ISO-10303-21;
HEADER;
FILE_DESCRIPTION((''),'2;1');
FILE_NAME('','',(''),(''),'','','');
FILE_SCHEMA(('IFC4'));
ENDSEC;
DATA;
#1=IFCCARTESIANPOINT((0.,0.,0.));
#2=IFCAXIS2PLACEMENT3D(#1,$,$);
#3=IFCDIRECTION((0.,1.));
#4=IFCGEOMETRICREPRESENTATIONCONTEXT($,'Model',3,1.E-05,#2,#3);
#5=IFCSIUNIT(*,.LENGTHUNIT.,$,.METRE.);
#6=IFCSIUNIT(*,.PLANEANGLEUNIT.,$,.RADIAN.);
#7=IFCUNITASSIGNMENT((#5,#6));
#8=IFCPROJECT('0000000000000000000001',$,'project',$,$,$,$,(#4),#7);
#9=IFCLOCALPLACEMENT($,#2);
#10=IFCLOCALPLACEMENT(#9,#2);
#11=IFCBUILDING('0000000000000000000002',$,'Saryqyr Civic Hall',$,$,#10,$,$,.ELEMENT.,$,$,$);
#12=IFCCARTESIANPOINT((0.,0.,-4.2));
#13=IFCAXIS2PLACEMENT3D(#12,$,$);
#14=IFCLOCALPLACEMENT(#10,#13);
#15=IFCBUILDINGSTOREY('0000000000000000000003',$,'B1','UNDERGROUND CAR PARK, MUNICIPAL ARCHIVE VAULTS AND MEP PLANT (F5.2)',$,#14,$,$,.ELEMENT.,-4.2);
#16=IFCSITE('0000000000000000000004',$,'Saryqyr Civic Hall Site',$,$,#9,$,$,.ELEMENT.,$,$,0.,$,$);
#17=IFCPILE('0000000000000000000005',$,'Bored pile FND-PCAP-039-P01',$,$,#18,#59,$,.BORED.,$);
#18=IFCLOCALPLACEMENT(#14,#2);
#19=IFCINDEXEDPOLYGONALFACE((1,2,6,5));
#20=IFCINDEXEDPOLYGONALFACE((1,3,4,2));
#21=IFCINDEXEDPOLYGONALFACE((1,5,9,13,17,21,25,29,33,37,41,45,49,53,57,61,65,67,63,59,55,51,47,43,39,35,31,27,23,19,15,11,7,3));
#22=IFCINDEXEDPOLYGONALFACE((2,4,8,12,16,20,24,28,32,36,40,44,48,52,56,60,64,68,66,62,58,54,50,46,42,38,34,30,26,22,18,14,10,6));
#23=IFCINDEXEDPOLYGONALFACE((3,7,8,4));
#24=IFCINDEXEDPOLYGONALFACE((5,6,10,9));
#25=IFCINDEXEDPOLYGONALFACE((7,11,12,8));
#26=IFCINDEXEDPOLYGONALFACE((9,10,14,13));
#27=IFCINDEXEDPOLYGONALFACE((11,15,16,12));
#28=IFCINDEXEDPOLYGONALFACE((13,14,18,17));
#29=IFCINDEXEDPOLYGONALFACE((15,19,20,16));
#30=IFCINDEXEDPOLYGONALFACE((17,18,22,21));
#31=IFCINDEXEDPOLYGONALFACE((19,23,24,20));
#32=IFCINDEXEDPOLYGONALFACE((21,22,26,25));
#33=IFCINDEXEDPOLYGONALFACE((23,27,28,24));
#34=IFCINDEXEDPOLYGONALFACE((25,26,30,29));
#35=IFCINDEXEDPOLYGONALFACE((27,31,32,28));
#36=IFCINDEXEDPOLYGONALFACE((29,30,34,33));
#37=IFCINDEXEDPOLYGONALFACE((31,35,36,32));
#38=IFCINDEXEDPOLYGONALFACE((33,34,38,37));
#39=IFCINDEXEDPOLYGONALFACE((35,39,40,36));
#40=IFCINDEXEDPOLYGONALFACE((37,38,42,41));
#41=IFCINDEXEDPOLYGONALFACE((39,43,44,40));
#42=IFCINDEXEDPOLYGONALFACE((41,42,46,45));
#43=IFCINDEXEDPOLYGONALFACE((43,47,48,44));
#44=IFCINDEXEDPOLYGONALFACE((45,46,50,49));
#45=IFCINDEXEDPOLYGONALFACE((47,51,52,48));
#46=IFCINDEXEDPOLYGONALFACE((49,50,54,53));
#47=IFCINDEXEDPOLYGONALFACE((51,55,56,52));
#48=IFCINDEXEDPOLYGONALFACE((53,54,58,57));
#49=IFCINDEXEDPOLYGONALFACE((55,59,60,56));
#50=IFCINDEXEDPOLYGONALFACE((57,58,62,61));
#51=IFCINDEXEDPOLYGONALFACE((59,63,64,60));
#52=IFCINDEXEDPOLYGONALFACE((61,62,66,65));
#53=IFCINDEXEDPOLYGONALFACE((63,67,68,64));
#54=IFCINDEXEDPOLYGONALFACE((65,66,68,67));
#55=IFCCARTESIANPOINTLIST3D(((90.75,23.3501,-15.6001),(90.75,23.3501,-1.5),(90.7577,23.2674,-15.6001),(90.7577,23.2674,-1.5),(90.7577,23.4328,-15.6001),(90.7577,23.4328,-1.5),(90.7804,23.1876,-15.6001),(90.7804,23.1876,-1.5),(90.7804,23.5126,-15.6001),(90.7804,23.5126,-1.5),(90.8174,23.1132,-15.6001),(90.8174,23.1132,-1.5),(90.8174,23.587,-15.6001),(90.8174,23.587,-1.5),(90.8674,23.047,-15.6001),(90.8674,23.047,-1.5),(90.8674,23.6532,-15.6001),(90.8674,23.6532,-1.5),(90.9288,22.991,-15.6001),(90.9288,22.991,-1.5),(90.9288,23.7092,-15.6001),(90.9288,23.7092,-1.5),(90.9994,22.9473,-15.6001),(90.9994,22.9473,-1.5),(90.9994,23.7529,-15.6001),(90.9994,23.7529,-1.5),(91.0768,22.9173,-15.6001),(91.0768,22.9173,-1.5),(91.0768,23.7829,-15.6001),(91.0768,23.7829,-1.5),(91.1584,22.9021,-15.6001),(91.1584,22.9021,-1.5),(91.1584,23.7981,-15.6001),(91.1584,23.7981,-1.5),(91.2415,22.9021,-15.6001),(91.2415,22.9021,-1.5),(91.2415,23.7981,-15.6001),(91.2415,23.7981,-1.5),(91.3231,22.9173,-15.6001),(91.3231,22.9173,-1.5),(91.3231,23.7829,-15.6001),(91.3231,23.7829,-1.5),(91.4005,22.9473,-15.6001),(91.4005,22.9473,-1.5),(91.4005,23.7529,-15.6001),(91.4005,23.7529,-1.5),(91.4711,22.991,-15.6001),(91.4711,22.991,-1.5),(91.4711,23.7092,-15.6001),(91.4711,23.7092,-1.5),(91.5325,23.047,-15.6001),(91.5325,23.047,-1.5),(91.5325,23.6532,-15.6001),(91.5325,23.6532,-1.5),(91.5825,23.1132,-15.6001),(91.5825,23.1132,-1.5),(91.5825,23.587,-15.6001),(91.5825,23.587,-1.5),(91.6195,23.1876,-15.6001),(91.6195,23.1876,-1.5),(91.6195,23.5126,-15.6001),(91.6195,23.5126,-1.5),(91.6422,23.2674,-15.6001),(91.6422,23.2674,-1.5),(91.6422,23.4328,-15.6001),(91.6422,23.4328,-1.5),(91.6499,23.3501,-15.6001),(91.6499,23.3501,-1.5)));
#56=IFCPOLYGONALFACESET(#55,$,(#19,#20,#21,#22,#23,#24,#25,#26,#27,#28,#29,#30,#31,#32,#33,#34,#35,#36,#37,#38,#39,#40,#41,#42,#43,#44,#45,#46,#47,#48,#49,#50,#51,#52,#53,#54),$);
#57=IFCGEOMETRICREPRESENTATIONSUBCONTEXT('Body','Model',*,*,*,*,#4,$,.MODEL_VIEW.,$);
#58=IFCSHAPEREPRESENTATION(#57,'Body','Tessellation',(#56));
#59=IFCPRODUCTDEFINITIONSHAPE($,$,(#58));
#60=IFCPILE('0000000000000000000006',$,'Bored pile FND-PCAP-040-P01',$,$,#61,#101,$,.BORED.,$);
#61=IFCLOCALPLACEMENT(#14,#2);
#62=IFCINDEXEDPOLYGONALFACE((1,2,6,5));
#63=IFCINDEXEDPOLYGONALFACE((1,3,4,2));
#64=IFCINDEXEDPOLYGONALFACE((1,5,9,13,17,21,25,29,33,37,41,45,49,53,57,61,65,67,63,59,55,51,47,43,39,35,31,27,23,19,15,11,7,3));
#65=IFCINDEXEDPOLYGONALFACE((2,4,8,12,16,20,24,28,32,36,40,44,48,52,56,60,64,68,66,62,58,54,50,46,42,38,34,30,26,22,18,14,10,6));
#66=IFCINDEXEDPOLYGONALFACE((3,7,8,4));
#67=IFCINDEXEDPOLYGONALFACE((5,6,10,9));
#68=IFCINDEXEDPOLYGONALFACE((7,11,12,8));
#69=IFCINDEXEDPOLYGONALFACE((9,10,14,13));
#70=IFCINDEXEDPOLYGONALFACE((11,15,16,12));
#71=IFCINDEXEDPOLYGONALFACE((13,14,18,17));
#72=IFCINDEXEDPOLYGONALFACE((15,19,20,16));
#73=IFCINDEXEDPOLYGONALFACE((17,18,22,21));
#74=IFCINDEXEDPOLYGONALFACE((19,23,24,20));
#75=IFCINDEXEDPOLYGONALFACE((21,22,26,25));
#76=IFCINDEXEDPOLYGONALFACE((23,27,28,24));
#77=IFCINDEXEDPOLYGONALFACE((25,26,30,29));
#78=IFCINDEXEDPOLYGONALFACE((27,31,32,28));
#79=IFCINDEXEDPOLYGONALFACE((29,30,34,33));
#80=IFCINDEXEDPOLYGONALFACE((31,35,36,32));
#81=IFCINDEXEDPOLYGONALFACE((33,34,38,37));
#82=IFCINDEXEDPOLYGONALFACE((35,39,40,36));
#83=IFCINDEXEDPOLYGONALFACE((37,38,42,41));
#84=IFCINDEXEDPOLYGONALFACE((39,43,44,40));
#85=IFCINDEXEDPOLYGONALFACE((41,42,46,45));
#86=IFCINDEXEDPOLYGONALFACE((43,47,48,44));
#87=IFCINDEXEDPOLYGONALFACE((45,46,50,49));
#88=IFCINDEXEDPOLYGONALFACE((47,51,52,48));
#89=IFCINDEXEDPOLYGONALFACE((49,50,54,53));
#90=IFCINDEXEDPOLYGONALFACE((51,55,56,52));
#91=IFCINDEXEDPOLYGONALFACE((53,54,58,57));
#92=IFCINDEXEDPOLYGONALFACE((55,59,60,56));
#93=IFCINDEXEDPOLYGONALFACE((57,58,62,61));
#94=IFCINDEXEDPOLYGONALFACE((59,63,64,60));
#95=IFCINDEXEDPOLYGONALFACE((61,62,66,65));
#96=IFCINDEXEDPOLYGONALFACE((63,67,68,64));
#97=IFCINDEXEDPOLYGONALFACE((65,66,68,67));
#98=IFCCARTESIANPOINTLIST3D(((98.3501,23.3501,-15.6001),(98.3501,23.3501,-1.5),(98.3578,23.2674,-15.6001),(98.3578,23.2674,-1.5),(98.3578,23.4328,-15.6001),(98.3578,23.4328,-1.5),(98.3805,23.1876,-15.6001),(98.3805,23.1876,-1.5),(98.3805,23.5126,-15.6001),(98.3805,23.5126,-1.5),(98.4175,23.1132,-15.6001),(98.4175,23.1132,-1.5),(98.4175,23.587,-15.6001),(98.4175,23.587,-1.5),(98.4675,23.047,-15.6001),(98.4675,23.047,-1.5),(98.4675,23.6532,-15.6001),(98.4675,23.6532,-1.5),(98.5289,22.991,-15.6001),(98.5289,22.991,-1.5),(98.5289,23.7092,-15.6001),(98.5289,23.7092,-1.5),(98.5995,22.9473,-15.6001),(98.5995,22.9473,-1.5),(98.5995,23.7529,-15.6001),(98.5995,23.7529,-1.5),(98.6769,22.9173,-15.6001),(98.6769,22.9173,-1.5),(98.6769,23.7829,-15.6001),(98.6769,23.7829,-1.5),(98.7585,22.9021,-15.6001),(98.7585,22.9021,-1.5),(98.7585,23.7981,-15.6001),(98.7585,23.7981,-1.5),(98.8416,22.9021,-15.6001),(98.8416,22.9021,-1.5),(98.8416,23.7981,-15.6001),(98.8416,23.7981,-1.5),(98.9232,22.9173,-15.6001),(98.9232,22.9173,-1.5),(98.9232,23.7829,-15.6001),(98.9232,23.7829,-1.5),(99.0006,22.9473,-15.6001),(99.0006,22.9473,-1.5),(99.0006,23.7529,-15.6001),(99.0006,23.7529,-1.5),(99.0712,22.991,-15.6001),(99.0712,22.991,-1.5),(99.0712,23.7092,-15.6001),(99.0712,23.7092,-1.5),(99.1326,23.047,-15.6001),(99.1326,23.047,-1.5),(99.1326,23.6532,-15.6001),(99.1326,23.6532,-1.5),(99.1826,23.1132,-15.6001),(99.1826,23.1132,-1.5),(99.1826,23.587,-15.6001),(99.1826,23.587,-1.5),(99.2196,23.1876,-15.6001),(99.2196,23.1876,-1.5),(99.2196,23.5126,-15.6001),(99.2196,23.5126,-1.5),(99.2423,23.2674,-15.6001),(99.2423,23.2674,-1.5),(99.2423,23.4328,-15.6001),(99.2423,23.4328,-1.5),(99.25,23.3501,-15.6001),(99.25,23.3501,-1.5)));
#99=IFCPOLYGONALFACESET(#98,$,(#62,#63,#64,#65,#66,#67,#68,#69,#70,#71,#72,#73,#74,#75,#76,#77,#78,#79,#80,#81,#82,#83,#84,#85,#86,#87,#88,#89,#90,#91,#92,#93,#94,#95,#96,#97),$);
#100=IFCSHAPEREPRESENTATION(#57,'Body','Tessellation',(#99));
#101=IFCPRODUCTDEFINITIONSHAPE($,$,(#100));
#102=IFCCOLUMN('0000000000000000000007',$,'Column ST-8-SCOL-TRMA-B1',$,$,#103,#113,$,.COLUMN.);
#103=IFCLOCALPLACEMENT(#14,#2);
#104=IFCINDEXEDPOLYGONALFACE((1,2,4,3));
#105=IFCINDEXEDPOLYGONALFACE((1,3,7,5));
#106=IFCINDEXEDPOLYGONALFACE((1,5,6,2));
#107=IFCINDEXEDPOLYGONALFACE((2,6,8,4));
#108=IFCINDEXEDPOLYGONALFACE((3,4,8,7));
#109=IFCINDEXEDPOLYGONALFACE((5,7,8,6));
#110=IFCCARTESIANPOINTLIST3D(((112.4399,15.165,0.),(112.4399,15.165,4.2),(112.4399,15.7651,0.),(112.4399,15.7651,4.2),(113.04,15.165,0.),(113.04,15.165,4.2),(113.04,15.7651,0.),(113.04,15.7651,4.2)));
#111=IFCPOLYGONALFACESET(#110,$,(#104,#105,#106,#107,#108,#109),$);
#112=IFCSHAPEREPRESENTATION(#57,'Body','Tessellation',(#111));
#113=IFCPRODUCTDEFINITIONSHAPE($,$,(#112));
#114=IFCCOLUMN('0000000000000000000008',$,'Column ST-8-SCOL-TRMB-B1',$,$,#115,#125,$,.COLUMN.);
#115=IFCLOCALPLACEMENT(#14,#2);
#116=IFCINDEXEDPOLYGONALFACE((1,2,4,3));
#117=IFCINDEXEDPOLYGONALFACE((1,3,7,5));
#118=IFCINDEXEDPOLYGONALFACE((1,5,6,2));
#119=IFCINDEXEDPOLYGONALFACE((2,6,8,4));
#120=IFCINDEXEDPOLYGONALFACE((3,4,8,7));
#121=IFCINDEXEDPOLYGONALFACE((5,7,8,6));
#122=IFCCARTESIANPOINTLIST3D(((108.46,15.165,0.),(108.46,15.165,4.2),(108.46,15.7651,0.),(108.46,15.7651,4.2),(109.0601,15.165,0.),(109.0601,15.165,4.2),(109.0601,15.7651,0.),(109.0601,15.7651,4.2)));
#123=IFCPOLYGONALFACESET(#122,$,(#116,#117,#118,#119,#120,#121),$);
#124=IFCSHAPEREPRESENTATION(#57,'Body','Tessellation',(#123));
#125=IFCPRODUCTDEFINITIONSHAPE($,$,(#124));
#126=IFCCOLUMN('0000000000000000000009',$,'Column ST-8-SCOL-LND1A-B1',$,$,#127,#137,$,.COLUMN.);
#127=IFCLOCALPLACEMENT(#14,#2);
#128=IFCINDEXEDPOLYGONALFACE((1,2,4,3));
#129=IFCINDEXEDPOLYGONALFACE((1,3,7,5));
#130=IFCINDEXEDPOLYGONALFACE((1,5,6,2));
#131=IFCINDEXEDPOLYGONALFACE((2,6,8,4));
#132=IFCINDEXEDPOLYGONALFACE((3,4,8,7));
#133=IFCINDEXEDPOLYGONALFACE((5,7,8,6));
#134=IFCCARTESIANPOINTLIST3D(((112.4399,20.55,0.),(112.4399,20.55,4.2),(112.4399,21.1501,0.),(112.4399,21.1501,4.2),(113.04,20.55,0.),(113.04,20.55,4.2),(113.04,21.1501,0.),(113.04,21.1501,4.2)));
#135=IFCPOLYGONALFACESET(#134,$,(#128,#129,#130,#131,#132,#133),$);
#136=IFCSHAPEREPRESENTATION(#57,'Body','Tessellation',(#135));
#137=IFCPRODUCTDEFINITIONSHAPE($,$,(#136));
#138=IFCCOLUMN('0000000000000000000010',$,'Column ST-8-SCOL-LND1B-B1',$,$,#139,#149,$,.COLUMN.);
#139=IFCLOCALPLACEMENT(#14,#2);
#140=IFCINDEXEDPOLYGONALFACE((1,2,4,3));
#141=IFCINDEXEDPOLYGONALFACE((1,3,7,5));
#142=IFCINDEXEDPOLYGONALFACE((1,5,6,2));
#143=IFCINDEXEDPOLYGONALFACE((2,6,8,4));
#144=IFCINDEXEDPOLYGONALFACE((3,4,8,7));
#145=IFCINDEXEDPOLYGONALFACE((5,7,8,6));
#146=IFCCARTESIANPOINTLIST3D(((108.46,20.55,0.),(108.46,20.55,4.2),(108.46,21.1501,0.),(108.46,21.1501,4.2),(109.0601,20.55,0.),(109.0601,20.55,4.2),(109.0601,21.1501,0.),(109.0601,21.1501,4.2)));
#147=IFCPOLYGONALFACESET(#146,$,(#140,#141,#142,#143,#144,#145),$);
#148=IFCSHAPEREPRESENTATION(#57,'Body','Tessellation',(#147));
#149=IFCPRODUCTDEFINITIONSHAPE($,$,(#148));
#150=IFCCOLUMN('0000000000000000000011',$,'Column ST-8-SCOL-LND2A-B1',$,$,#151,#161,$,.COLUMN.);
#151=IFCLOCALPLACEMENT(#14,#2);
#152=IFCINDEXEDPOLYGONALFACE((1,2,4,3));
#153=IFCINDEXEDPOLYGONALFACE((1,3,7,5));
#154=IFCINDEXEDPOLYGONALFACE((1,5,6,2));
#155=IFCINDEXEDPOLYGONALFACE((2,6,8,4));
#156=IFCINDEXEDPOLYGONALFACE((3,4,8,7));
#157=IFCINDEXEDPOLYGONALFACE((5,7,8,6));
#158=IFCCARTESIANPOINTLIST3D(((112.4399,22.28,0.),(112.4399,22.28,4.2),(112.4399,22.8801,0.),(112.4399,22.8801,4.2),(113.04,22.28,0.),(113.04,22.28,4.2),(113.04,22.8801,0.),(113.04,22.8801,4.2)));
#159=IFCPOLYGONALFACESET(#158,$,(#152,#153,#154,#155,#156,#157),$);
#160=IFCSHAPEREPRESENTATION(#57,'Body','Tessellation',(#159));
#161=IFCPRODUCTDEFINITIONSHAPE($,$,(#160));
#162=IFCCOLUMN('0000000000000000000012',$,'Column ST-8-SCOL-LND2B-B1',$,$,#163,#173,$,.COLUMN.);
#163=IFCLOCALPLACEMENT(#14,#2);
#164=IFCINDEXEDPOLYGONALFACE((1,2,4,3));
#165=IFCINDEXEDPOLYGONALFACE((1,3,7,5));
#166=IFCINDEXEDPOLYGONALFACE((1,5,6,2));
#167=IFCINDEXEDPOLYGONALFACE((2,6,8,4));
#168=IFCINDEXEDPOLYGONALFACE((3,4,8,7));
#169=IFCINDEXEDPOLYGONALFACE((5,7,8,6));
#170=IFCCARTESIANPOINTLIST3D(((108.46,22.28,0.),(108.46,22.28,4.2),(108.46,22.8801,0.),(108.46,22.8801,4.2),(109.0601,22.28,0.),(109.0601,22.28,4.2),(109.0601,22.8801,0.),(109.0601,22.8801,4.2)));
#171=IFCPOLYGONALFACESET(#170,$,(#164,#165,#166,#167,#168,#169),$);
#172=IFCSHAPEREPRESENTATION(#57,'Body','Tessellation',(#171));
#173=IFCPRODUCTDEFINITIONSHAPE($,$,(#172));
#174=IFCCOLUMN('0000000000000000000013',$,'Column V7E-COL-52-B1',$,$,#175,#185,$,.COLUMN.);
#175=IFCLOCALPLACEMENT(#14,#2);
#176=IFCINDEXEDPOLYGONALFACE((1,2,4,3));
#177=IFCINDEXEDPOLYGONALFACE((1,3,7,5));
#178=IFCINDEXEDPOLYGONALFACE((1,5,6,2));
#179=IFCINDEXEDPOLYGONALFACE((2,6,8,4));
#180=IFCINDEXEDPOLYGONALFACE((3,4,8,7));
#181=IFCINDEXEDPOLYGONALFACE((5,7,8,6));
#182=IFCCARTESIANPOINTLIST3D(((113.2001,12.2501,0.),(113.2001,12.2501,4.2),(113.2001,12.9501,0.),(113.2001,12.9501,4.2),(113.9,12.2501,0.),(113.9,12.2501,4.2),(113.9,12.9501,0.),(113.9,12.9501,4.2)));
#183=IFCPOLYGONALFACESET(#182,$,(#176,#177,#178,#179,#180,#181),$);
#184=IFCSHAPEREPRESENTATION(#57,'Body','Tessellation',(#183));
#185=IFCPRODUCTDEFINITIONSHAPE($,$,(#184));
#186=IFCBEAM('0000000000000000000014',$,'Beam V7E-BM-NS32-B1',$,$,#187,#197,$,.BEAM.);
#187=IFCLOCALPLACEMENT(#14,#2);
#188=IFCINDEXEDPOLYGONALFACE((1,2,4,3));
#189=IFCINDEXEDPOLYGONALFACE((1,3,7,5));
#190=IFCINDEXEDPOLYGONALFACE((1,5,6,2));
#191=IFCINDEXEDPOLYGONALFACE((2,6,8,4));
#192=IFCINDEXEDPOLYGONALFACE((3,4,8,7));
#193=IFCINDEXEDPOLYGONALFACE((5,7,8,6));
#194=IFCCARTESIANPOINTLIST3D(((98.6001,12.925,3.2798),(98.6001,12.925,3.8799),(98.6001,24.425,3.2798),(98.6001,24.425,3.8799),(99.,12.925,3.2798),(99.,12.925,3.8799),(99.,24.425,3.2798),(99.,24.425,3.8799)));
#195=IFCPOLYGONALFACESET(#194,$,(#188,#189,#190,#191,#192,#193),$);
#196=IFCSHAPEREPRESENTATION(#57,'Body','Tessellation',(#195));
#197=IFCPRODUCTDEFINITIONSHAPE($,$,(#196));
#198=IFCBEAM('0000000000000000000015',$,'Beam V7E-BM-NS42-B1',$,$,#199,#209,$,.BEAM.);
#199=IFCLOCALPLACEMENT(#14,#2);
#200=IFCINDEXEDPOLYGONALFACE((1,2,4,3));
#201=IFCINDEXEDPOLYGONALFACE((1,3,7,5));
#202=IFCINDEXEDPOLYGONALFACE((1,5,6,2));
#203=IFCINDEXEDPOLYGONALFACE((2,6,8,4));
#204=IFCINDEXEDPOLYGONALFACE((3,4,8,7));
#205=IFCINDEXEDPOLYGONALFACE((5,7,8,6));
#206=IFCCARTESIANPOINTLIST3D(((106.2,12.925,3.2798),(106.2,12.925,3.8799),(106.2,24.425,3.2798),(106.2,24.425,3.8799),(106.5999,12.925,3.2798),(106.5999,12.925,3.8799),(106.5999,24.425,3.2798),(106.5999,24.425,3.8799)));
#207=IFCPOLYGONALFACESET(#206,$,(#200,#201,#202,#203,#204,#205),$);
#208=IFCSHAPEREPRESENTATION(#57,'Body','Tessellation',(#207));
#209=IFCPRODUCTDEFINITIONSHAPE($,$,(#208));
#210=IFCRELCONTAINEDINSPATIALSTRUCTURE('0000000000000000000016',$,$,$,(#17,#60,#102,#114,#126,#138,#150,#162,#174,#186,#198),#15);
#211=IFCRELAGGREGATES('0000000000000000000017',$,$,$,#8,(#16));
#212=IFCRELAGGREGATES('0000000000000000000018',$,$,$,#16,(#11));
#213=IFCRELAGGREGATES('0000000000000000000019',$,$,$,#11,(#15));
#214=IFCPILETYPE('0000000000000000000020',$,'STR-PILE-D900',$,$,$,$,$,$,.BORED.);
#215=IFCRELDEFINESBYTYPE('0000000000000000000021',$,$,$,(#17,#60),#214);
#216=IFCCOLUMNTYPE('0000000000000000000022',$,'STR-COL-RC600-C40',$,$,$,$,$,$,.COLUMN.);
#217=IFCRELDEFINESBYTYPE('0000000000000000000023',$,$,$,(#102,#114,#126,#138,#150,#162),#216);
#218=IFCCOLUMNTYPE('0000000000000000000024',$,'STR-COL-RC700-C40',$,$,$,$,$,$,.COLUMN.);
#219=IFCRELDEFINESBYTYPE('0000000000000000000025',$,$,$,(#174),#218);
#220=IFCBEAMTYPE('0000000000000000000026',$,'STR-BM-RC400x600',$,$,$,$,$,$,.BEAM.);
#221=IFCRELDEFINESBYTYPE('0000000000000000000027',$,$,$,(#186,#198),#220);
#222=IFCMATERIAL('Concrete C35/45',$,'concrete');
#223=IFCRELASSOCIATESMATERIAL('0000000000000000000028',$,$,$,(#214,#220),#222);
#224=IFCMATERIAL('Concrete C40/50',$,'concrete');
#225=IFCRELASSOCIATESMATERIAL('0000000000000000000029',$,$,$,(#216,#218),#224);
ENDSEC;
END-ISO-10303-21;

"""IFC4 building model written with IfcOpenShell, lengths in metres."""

from ifc_helpers import new_model, si_unit, direction, frame, origin, origin_2d, place, context, subcontext, project, spatial, rectangle, circle, extrude, material, material_profile, profile_set, type_object, element, save


model = new_model("IFC4")

# Units and contexts
model_context = context("Model", 3, precision=1e-05, world=origin(), true_north=direction((0.0, 1.0)))
body_context = subcontext(model_context, "Body", "Model", "MODEL_VIEW")
ifc_project = project(units=[si_unit("LENGTHUNIT", "METRE"), si_unit("PLANEANGLEUNIT", "RADIAN")], contexts=[model_context])

# Site, building, storey
site_placement = place(None, origin())
site = spatial("IfcSite", under=ifc_project, at=site_placement, Name="Saryqyr Civic Hall Site", CompositionType="ELEMENT", RefElevation=0.0)
building_placement = place(site_placement, origin())
building = spatial("IfcBuilding", under=site, at=building_placement, Name="Saryqyr Civic Hall", CompositionType="ELEMENT")
storey_placement = place(building_placement, frame((0.0, 0.0, -4.2)))
storey = spatial("IfcBuildingStorey", under=building, at=storey_placement, Name="B1", Description="UNDERGROUND CAR PARK, MUNICIPAL ARCHIVE VAULTS AND MEP PLANT (F5.2)", CompositionType="ELEMENT", Elevation=-4.2)

# Shared definitions
ifc_material_1 = material(Name="Concrete C35/45", Category="concrete")

# Piles
ifc_material_profile_1 = material_profile(ifc_material_1, circle(Radius=0.45, at=origin_2d()), Name="BORED PILE D900")
ifc_profile_set_1 = profile_set([ifc_material_profile_1], Name="Concrete C35/45")
pile_type_1 = type_object("IfcPileType", Name="STR-PILE-D900", PredefinedType="BORED", material=ifc_profile_set_1)
for number, where, z_axis, x_axis, name in (
    (1, (91.2, 23.3501, -1.5), (0.0, 0.0, -1.0), (1.0, 0.0, 0.0), "Bored pile FND-PCAP-039-P01"),
    (2, (98.8, 23.3501, -1.5), (0.0, 0.0, -1.0), (1.0, 0.0, 0.0), "Bored pile FND-PCAP-040-P01"),
):
    element("IfcPile", number, at=place(storey_placement, frame(where, z_axis=z_axis, x_axis=x_axis)), inside=storey, type_object=pile_type_1, Name=name, PredefinedType="BORED", context=body_context, shape_type="SweptSolid", body=[
        extrude(circle(Radius=0.45, at=origin_2d()), origin(), (0.0, 0.0, 1.0), 14.1001),
    ])

# Columns
ifc_material_2 = material(Name="Concrete C40/50", Category="concrete")
ifc_material_profile_2 = material_profile(ifc_material_2, rectangle(XDim=0.6001, YDim=0.6001, at=origin_2d()), Name="RC 600x600")
ifc_profile_set_2 = profile_set([ifc_material_profile_2], Name="Concrete C40/50")
column_type_1 = type_object("IfcColumnType", Name="STR-COL-RC600-C40", PredefinedType="COLUMN", material=ifc_profile_set_2)
for number, where, z_axis, x_axis, name in (
    (3, (112.74, 15.4651, 0.0), (0.0, 0.0, 1.0), (1.0, 0.0, 0.0), "Column ST-8-SCOL-TRMA-B1"),
    (4, (108.76, 15.4651, 0.0), (0.0, 0.0, 1.0), (1.0, 0.0, 0.0), "Column ST-8-SCOL-TRMB-B1"),
    (5, (112.74, 20.8501, 0.0), (0.0, 0.0, 1.0), (1.0, 0.0, 0.0), "Column ST-8-SCOL-LND1A-B1"),
    (6, (108.76, 20.8501, 0.0), (0.0, 0.0, 1.0), (1.0, 0.0, 0.0), "Column ST-8-SCOL-LND1B-B1"),
    (7, (112.74, 22.5801, 0.0), (0.0, 0.0, 1.0), (1.0, 0.0, 0.0), "Column ST-8-SCOL-LND2A-B1"),
    (8, (108.76, 22.5801, 0.0), (0.0, 0.0, 1.0), (1.0, 0.0, 0.0), "Column ST-8-SCOL-LND2B-B1"),
):
    element("IfcColumn", number, at=place(storey_placement, frame(where, z_axis=z_axis, x_axis=x_axis)), inside=storey, type_object=column_type_1, Name=name, PredefinedType="COLUMN", context=body_context, shape_type="SweptSolid", body=[
        extrude(rectangle(XDim=0.6001, YDim=0.6001, at=origin_2d()), origin(), (0.0, 0.0, 1.0), 4.2),
    ])
ifc_material_profile_3 = material_profile(ifc_material_2, rectangle(XDim=0.7, YDim=0.7, at=origin_2d()), Name="RC 700x700")
ifc_profile_set_3 = profile_set([ifc_material_profile_3], Name="Concrete C40/50")
column_type_2 = type_object("IfcColumnType", Name="STR-COL-RC700-C40", PredefinedType="COLUMN", material=ifc_profile_set_3)
column_placement = place(storey_placement, frame((113.55, 12.6001, 0.0), z_axis=(0.0, 0.0, 1.0), x_axis=(1.0, 0.0, 0.0)))
element("IfcColumn", 9, at=column_placement, inside=storey, type_object=column_type_2, Name="Column V7E-COL-52-B1", PredefinedType="COLUMN", context=body_context, shape_type="SweptSolid", body=[
    extrude(rectangle(XDim=0.7, YDim=0.7, at=origin_2d()), origin(), (0.0, 0.0, 1.0), 4.2),
])

# Beams
ifc_material_profile_4 = material_profile(ifc_material_1, rectangle(XDim=0.3999, YDim=0.6001, at=origin_2d()), Name="RC 400x600")
ifc_profile_set_4 = profile_set([ifc_material_profile_4], Name="Concrete C35/45")
beam_type_1 = type_object("IfcBeamType", Name="STR-BM-RC400x600", PredefinedType="BEAM", material=ifc_profile_set_4)
for number, where, z_axis, x_axis, name in (
    (10, (98.8, 12.925, 3.5798), (0.0, 1.0, 0.0), (-1.0, 0.0, 0.0), "Beam V7E-BM-NS32-B1"),
    (11, (106.3999, 12.925, 3.5798), (0.0, 1.0, 0.0), (-1.0, 0.0, 0.0), "Beam V7E-BM-NS42-B1"),
):
    element("IfcBeam", number, at=place(storey_placement, frame(where, z_axis=z_axis, x_axis=x_axis)), inside=storey, type_object=beam_type_1, Name=name, PredefinedType="BEAM", context=body_context, shape_type="SweptSolid", body=[
        extrude(rectangle(XDim=0.3999, YDim=0.6001, at=origin_2d()), origin(), (0.0, 0.0, 1.0), 11.5),
    ])

save(model, "model.ifc")
